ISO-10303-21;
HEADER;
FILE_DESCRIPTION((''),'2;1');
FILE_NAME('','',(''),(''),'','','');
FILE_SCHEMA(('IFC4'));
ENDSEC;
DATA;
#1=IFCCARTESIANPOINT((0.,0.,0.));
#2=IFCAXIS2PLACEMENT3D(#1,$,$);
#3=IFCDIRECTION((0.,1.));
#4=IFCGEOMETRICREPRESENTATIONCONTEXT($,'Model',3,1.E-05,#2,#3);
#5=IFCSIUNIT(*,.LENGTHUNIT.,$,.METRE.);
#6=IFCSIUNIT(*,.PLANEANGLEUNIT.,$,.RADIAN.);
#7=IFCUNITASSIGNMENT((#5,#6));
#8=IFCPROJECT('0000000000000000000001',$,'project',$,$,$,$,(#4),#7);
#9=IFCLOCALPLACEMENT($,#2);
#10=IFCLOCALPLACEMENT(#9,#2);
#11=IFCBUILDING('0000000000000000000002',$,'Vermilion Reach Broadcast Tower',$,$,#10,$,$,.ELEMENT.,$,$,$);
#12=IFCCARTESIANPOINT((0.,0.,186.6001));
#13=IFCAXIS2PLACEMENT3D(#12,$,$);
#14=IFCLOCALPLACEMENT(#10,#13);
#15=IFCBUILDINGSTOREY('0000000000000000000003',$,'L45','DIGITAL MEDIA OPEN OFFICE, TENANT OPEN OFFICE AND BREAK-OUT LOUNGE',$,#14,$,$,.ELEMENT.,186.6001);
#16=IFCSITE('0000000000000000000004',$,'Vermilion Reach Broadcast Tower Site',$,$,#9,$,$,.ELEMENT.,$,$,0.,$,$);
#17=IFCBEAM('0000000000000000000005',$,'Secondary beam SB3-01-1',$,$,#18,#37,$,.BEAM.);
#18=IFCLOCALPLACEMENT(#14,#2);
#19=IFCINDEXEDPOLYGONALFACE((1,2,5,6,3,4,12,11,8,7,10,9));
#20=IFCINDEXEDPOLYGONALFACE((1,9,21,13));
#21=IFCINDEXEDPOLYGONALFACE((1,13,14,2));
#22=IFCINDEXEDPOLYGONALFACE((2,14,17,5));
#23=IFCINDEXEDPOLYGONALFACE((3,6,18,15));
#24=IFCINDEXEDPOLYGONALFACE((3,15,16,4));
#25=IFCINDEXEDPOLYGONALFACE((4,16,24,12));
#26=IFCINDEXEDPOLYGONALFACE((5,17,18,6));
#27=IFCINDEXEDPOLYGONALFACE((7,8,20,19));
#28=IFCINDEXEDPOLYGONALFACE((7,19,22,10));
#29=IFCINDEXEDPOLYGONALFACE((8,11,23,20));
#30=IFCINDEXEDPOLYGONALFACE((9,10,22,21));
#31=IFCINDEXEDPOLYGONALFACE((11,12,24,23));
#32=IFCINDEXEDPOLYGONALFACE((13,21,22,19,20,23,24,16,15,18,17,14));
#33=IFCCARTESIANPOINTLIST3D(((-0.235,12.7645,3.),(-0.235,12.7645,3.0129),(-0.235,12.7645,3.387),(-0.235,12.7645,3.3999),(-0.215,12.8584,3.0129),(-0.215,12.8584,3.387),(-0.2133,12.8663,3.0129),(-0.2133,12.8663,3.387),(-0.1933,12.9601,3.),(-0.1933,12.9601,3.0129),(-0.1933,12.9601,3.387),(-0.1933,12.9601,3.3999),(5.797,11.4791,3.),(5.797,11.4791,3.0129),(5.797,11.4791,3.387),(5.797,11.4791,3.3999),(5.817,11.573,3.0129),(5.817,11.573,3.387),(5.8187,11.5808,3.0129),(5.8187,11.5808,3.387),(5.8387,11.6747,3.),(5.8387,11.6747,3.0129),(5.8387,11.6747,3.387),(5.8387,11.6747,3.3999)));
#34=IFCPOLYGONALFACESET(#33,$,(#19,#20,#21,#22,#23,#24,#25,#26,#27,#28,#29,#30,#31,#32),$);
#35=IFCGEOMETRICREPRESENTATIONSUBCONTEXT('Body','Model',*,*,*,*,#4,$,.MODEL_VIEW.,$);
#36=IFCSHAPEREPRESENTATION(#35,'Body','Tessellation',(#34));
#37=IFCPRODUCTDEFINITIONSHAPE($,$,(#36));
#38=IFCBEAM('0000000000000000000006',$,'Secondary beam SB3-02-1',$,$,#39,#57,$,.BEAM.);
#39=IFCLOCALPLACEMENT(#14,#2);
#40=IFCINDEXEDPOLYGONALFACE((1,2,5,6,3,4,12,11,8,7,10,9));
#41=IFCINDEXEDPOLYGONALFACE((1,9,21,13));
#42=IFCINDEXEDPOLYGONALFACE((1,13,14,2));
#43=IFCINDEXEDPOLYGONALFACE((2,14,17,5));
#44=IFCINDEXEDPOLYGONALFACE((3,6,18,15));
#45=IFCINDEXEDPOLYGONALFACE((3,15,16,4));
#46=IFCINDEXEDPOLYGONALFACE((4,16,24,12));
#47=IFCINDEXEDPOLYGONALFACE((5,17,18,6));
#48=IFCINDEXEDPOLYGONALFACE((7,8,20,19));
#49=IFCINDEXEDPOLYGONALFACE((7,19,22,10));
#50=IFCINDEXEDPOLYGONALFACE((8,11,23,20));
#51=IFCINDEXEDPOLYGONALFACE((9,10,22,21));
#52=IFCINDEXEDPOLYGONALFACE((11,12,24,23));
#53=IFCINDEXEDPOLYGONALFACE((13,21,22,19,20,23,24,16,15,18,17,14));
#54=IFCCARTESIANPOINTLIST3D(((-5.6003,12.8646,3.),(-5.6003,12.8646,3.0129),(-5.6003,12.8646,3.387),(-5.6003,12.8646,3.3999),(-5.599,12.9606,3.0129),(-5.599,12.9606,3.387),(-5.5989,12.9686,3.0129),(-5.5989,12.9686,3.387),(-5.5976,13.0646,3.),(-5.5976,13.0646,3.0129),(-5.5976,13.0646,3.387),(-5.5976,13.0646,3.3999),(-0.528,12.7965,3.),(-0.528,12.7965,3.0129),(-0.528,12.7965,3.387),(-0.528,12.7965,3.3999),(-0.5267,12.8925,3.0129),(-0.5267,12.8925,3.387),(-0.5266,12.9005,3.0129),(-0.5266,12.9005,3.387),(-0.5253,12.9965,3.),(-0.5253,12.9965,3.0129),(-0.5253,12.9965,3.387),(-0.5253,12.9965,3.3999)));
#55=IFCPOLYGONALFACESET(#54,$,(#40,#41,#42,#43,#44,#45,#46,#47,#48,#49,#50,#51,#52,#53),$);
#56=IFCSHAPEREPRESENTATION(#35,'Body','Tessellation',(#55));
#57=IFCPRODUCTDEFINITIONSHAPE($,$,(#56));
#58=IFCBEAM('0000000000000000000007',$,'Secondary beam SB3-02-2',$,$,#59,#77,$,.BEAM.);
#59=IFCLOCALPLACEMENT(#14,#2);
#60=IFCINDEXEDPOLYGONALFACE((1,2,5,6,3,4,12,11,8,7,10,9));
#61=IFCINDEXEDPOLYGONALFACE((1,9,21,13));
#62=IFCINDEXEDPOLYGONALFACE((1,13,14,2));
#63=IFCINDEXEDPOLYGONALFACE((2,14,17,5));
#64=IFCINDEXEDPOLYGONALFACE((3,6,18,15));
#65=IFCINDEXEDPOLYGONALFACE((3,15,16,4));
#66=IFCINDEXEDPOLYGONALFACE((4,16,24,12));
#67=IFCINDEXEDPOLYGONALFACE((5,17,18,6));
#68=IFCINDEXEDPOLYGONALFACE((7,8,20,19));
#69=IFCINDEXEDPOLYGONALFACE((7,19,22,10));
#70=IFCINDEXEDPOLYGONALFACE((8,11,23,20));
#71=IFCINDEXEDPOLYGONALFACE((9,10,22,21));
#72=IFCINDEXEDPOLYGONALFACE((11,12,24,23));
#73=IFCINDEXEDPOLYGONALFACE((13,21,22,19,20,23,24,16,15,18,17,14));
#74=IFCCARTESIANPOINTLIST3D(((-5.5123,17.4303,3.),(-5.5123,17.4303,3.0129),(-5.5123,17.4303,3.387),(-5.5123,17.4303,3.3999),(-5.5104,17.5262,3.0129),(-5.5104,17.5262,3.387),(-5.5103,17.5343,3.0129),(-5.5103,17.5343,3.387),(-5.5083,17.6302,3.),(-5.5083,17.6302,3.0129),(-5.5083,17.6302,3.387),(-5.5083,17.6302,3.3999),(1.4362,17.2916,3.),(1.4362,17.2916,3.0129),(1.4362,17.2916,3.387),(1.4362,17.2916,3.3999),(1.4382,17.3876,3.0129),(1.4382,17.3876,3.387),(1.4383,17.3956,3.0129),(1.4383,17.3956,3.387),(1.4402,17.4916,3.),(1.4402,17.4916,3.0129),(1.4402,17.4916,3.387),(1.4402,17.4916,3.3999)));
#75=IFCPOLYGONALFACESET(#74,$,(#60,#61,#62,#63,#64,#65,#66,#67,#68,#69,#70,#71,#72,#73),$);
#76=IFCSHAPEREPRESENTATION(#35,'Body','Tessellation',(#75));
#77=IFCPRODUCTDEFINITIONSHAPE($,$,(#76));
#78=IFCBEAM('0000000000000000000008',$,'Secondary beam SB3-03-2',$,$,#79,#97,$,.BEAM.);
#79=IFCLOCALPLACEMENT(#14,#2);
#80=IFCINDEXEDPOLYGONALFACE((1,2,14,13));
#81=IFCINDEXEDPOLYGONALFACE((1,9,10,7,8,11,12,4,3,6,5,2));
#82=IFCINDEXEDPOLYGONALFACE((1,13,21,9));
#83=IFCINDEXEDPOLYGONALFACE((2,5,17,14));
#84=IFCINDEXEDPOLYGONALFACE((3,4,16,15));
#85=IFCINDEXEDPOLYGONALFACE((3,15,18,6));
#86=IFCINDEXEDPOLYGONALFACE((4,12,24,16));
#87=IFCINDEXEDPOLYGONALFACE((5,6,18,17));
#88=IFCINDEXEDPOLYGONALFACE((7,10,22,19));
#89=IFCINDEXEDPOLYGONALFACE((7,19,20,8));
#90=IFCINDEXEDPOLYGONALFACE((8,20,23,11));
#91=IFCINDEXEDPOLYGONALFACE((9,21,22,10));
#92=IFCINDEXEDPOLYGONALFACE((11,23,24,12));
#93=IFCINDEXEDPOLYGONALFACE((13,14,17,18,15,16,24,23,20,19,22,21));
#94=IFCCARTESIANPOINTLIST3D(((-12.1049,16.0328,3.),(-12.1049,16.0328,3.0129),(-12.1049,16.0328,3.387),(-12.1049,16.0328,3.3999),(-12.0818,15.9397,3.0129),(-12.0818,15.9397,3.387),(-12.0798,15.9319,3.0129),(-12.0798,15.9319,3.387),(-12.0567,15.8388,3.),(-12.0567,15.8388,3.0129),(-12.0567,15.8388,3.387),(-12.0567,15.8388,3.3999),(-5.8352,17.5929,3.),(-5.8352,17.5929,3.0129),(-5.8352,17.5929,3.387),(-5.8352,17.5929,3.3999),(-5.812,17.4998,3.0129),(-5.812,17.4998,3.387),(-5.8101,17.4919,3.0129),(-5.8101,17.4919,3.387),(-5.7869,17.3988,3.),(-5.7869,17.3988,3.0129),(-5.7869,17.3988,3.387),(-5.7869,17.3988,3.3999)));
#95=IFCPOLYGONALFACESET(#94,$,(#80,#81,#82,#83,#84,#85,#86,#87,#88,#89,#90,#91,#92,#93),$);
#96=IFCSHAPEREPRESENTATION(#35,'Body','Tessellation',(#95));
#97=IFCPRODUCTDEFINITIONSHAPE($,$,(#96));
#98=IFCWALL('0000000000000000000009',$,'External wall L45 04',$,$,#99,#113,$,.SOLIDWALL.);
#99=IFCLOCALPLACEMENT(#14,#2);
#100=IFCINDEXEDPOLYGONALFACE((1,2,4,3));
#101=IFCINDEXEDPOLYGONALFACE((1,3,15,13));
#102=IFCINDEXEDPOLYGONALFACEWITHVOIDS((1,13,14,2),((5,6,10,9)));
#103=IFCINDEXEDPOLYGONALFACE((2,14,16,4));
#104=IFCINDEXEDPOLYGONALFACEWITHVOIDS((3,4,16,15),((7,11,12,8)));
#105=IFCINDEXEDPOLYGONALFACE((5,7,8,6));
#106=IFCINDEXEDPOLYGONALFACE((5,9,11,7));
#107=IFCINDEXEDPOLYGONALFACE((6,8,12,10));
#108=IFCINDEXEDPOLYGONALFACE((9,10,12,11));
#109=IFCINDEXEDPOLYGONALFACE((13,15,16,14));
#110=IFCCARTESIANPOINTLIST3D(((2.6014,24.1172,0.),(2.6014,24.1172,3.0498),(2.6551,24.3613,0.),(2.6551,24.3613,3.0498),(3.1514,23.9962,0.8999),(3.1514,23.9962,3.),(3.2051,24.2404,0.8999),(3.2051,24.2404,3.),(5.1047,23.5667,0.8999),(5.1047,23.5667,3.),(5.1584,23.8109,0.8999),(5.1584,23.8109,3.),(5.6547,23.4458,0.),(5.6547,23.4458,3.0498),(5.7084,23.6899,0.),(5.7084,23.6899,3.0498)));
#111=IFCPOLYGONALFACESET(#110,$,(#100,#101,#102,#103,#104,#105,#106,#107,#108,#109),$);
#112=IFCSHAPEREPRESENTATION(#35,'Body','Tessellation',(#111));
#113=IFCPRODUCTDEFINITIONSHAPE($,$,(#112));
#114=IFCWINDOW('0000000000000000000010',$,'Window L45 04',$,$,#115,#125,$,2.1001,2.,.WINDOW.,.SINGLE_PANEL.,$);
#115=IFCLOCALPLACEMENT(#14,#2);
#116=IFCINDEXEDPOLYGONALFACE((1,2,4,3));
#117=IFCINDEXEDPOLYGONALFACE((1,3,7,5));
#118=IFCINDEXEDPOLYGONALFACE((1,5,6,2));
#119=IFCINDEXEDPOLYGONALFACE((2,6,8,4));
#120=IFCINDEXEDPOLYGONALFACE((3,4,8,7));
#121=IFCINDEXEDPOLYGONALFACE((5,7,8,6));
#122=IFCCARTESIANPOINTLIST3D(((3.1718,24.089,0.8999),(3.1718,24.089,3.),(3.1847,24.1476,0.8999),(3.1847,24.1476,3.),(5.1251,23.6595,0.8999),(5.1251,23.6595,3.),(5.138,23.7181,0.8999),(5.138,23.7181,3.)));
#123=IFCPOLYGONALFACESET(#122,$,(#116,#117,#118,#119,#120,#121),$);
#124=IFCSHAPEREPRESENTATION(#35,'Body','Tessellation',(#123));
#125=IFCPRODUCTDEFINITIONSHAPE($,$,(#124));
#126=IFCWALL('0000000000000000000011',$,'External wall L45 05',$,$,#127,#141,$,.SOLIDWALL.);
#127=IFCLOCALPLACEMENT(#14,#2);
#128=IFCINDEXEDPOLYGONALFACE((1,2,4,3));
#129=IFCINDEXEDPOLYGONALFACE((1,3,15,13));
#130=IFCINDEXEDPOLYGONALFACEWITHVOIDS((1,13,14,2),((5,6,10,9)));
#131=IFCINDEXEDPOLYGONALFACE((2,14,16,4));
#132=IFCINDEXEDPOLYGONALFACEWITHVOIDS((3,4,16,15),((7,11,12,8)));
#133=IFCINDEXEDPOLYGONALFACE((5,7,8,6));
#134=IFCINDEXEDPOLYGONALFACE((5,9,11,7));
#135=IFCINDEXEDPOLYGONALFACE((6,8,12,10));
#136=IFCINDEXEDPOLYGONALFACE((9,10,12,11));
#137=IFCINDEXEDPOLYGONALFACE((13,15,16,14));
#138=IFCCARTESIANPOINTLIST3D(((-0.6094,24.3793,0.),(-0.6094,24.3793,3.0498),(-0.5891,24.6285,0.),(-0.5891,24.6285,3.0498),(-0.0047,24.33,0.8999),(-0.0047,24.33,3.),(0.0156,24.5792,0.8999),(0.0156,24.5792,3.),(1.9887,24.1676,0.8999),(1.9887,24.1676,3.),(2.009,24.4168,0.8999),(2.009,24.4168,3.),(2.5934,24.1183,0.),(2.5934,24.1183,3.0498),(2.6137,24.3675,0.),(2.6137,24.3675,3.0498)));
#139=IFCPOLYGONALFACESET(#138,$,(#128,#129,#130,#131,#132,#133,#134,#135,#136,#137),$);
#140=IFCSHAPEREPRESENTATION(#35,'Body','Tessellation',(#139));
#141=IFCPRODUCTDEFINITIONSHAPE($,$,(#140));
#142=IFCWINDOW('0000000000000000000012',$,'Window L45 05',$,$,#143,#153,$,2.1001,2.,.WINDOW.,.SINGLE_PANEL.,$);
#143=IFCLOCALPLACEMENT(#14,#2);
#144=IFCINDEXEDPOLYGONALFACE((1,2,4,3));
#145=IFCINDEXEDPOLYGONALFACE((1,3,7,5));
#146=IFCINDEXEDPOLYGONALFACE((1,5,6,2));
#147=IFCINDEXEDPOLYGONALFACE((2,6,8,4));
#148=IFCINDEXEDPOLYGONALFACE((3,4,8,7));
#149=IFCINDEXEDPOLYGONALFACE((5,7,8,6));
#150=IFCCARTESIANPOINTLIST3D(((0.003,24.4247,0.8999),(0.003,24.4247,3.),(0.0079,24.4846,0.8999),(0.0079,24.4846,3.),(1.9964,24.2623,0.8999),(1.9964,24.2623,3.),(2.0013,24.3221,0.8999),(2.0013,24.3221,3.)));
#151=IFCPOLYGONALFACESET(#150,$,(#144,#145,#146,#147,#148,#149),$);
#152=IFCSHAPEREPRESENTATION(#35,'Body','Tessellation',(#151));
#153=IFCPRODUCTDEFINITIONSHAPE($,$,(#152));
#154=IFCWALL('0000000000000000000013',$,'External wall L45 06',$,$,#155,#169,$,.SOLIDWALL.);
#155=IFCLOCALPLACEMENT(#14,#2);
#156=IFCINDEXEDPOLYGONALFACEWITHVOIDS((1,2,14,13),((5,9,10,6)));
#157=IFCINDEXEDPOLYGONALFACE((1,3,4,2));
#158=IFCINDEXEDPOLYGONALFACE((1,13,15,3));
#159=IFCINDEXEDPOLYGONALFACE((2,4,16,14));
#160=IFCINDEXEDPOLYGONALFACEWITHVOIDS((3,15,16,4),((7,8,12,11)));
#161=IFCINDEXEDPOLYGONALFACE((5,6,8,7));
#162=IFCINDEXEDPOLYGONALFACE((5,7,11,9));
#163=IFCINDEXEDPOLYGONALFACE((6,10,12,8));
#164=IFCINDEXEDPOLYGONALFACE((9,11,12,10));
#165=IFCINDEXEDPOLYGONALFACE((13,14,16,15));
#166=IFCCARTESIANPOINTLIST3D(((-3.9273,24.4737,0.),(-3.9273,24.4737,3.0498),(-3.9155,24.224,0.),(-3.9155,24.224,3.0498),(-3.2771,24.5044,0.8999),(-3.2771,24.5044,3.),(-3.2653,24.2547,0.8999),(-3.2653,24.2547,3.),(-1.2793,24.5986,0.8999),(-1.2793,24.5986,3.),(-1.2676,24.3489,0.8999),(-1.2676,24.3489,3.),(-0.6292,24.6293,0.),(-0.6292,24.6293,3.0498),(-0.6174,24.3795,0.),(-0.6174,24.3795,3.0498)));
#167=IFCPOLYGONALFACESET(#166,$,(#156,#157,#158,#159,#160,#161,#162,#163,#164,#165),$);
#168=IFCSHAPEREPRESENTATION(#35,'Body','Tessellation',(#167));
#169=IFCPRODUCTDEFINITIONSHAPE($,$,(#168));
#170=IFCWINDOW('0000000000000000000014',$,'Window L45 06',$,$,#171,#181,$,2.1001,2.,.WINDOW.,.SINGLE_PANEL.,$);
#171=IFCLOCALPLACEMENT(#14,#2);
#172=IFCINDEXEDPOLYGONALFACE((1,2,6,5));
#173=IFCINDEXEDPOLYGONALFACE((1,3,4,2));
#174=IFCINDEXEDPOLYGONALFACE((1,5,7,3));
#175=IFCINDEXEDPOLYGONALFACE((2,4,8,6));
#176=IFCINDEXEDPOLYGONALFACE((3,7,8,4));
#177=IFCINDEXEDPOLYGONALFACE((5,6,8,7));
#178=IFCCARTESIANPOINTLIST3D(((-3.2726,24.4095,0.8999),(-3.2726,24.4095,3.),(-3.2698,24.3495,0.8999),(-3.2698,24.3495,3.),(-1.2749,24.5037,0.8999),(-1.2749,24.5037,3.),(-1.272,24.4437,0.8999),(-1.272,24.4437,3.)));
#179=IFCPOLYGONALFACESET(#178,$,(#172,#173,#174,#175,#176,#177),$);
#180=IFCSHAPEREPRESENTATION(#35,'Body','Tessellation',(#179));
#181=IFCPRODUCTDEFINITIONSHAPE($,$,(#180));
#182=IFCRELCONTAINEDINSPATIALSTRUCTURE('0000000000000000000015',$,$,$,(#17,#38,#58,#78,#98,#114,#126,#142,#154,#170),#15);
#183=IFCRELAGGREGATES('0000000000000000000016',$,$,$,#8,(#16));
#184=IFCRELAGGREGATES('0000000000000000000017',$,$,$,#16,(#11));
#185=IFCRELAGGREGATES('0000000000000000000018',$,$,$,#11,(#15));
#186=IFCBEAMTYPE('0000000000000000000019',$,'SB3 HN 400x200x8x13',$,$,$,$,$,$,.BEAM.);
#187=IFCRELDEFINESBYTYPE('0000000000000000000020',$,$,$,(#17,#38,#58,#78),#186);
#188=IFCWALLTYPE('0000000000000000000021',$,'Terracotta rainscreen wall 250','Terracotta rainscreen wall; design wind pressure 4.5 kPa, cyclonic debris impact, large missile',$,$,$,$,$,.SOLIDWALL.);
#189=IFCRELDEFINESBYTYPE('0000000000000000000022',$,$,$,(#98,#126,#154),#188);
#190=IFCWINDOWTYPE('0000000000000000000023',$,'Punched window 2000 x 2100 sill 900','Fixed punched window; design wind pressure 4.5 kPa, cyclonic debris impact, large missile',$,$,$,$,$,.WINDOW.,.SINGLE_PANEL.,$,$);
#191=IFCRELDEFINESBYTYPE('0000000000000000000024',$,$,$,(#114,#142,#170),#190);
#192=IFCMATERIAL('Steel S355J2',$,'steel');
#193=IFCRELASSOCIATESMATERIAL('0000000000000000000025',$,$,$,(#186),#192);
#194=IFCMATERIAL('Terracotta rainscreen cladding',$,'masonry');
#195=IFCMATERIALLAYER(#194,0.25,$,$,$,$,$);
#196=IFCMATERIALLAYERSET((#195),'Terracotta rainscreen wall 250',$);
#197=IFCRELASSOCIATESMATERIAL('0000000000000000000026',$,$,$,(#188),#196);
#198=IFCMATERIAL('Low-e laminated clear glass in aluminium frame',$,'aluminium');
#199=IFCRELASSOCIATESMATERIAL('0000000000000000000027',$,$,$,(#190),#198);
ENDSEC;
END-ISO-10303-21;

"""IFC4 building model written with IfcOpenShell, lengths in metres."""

from ifc_helpers import new_model, si_unit, direction, frame, frame_2d, origin, origin_2d, place, context, subcontext, project, spatial, rectangle, i_section, extrude, material, layer, layer_set, material_profile, profile_set, type_object, element, fill, save


model = new_model("IFC4")

# Units and contexts
model_context = context("Model", 3, precision=1e-05, world=origin(), true_north=direction((0.0, 1.0)))
body_context = subcontext(model_context, "Body", "Model", "MODEL_VIEW")
ifc_project = project(units=[si_unit("LENGTHUNIT", "METRE"), si_unit("PLANEANGLEUNIT", "RADIAN")], contexts=[model_context])

# Site, building, storey
site_placement = place(None, origin())
site = spatial("IfcSite", under=ifc_project, at=site_placement, Name="Vermilion Reach Broadcast Tower Site", CompositionType="ELEMENT", RefElevation=0.0)
building_placement = place(site_placement, origin())
building = spatial("IfcBuilding", under=site, at=building_placement, Name="Vermilion Reach Broadcast Tower", CompositionType="ELEMENT")
storey_placement = place(building_placement, frame((0.0, 0.0, 186.6001)))
storey = spatial("IfcBuildingStorey", under=building, at=storey_placement, Name="L45", Description="DIGITAL MEDIA OPEN OFFICE, TENANT OPEN OFFICE AND BREAK-OUT LOUNGE", CompositionType="ELEMENT", Elevation=186.6001)

# Beams
ifc_material_1 = material(Name="Steel S355J2", Category="steel")
ifc_material_profile_1 = material_profile(ifc_material_1, i_section(OverallWidth=0.2, OverallDepth=0.3999, WebThickness=0.0081, FlangeThickness=0.0129, at=origin_2d()), Name="S355J2 HN 400x200x8x13")
ifc_profile_set_1 = profile_set([ifc_material_profile_1], Name="Steel S355J2")
beam_type_1 = type_object("IfcBeamType", Name="SB3 HN 400x200x8x13", PredefinedType="BEAM", material=ifc_profile_set_1)
beam_1_placement = place(storey_placement, frame((5.8179, 11.5769, 3.2), z_axis=(-0.97804, 0.208418, 0.0), x_axis=(-0.208418, -0.97804, 0.0)))
element("IfcBeam", 1, at=beam_1_placement, inside=storey, type_object=beam_type_1, Name="Secondary beam SB3-01-1", PredefinedType="BEAM", context=body_context, shape_type="SweptSolid", body=[
    extrude(i_section(OverallWidth=0.2, OverallDepth=0.3999, WebThickness=0.0081, FlangeThickness=0.0129, at=origin_2d()), origin(), (0.0, 0.0, 1.0), 6.1675),
])
beam_2_placement = place(storey_placement, frame((-0.5266, 12.8965, 3.2), z_axis=(-0.99991, 0.013428, 0.0), x_axis=(-0.013428, -0.99991, 0.0)))
element("IfcBeam", 2, at=beam_2_placement, inside=storey, type_object=beam_type_1, Name="Secondary beam SB3-02-1", PredefinedType="BEAM", context=body_context, shape_type="SweptSolid", body=[
    extrude(i_section(OverallWidth=0.2, OverallDepth=0.3999, WebThickness=0.0081, FlangeThickness=0.0129, at=origin_2d()), origin(), (0.0, 0.0, 1.0), 5.0728),
])
beam_3_placement = place(storey_placement, frame((1.4382, 17.3916, 3.2), z_axis=(-0.999801, 0.019953, 0.0), x_axis=(-0.019953, -0.999801, 0.0)))
element("IfcBeam", 3, at=beam_3_placement, inside=storey, type_object=beam_type_1, Name="Secondary beam SB3-02-2", PredefinedType="BEAM", context=body_context, shape_type="SweptSolid", body=[
    extrude(i_section(OverallWidth=0.2, OverallDepth=0.3999, WebThickness=0.0081, FlangeThickness=0.0129, at=origin_2d()), origin(), (0.0, 0.0, 1.0), 6.95),
])
beam_4_placement = place(storey_placement, frame((-5.811, 17.4958, 3.2), z_axis=(-0.970411, -0.24146, 0.0), x_axis=(0.24146, -0.970411, 0.0)))
element("IfcBeam", 4, at=beam_4_placement, inside=storey, type_object=beam_type_1, Name="Secondary beam SB3-03-2", PredefinedType="BEAM", context=body_context, shape_type="SweptSolid", body=[
    extrude(i_section(OverallWidth=0.2, OverallDepth=0.3999, WebThickness=0.0081, FlangeThickness=0.0129, at=origin_2d()), origin(), (0.0, 0.0, 1.0), 6.4609),
])

# Walls, openings, windows
ifc_material_2 = material(Name="Terracotta rainscreen cladding", Category="masonry")
ifc_layer = layer(ifc_material_2, 0.25)
ifc_layer_set = layer_set([ifc_layer], Name="Terracotta rainscreen wall 250")
wall_type = type_object("IfcWallType", Name="Terracotta rainscreen wall 250", Description="Terracotta rainscreen wall; design wind pressure 4.5 kPa, cyclonic debris impact, large missile", PredefinedType="SOLIDWALL", material=ifc_layer_set)
wall_1_placement = place(storey_placement, frame((5.6814, 23.5679, 0.0), z_axis=(0.0, 0.0, 1.0), x_axis=(-0.976666, 0.214763, 0.0)))
wall_1 = element("IfcWall", 5, at=wall_1_placement, inside=storey, type_object=wall_type, Name="External wall L45 04", PredefinedType="SOLIDWALL", context=body_context, shape_type="SweptSolid", body=[
    extrude(rectangle(XDim=3.1262, YDim=0.25, at=frame_2d((1.563, 0.0))), origin(), (0.0, 0.0, 1.0), 3.0498),
])
opening_1_placement = place(wall_1_placement, frame((0.563, 0.0, 0.8999)))
opening_1 = element("IfcOpeningElement", 6, at=opening_1_placement, cuts=wall_1, PredefinedType="OPENING", context=body_context, shape_type="SweptSolid", body=[
    extrude(rectangle(XDim=2.0, YDim=2.1001, at=frame_2d((1.0, 1.05))), frame((0.0, 0.135, 0.0), z_axis=(0.0, -1.0, 0.0), x_axis=(1.0, 0.0, 0.0)), (0.0, 0.0, 1.0), 0.27),
])
ifc_material_3 = material(Name="Low-e laminated clear glass in aluminium frame", Category="aluminium")
window_type = type_object("IfcWindowType", Name="Punched window 2000 x 2100 sill 900", Description="Fixed punched window; design wind pressure 4.5 kPa, cyclonic debris impact, large missile", PartitioningType="SINGLE_PANEL", PredefinedType="WINDOW", material=ifc_material_3)
window_1_placement = place(opening_1_placement, origin())
window_1 = element("IfcWindow", 7, at=window_1_placement, inside=storey, type_object=window_type, Name="Window L45 04", OverallHeight=2.1001, OverallWidth=2.0, PartitioningType="SINGLE_PANEL", PredefinedType="WINDOW", context=body_context, shape_type="SweptSolid", body=[
    extrude(rectangle(XDim=2.0, YDim=2.1001, at=frame_2d((1.0, 1.05))), frame((0.0, 0.03, 0.0), z_axis=(0.0, -1.0, 0.0), x_axis=(1.0, 0.0, 0.0)), (0.0, 0.0, 1.0), 0.0601),
])
fill(opening_1, window_1)
wall_2_placement = place(storey_placement, frame((2.6035, 24.2429, 0.0), z_axis=(0.0, 0.0, 1.0), x_axis=(-0.996697, 0.081216, 0.0)))
wall_2 = element("IfcWall", 8, at=wall_2_placement, inside=storey, type_object=wall_type, Name="External wall L45 05", PredefinedType="SOLIDWALL", context=body_context, shape_type="SweptSolid", body=[
    extrude(rectangle(XDim=3.2134, YDim=0.25, at=frame_2d((1.6067, 0.0))), origin(), (0.0, 0.0, 1.0), 3.0498),
])
opening_2_placement = place(wall_2_placement, frame((0.6067, 0.0, 0.8999)))
opening_2 = element("IfcOpeningElement", 9, at=opening_2_placement, cuts=wall_2, PredefinedType="OPENING", context=body_context, shape_type="SweptSolid", body=[
    extrude(rectangle(XDim=2.0, YDim=2.1001, at=frame_2d((1.0, 1.05))), frame((0.0, 0.135, 0.0), z_axis=(0.0, -1.0, 0.0), x_axis=(1.0, 0.0, 0.0)), (0.0, 0.0, 1.0), 0.27),
])
window_2_placement = place(opening_2_placement, origin())
window_2 = element("IfcWindow", 10, at=window_2_placement, inside=storey, type_object=window_type, Name="Window L45 05", OverallHeight=2.1001, OverallWidth=2.0, PartitioningType="SINGLE_PANEL", PredefinedType="WINDOW", context=body_context, shape_type="SweptSolid", body=[
    extrude(rectangle(XDim=2.0, YDim=2.1001, at=frame_2d((1.0, 1.05))), frame((0.0, 0.03, 0.0), z_axis=(0.0, -1.0, 0.0), x_axis=(1.0, 0.0, 0.0)), (0.0, 0.0, 1.0), 0.0601),
])
fill(opening_2, window_2)
wall_3_placement = place(storey_placement, frame((-0.6233, 24.5044, 0.0), z_axis=(0.0, 0.0, 1.0), x_axis=(-0.99889, -0.047101, 0.0)))
wall_3 = element("IfcWall", 11, at=wall_3_placement, inside=storey, type_object=wall_type, Name="External wall L45 06", PredefinedType="SOLIDWALL", context=body_context, shape_type="SweptSolid", body=[
    extrude(rectangle(XDim=3.3018, YDim=0.25, at=frame_2d((1.6509, 0.0))), origin(), (0.0, 0.0, 1.0), 3.0498),
])
opening_3_placement = place(wall_3_placement, frame((0.6509, 0.0, 0.8999)))
opening_3 = element("IfcOpeningElement", 12, at=opening_3_placement, cuts=wall_3, PredefinedType="OPENING", context=body_context, shape_type="SweptSolid", body=[
    extrude(rectangle(XDim=2.0, YDim=2.1001, at=frame_2d((1.0, 1.05))), frame((0.0, 0.135, 0.0), z_axis=(0.0, -1.0, 0.0), x_axis=(1.0, 0.0, 0.0)), (0.0, 0.0, 1.0), 0.27),
])
window_3_placement = place(opening_3_placement, origin())
window_3 = element("IfcWindow", 13, at=window_3_placement, inside=storey, type_object=window_type, Name="Window L45 06", OverallHeight=2.1001, OverallWidth=2.0, PartitioningType="SINGLE_PANEL", PredefinedType="WINDOW", context=body_context, shape_type="SweptSolid", body=[
    extrude(rectangle(XDim=2.0, YDim=2.1001, at=frame_2d((1.0, 1.05))), frame((0.0, 0.03, 0.0), z_axis=(0.0, -1.0, 0.0), x_axis=(1.0, 0.0, 0.0)), (0.0, 0.0, 1.0), 0.0601),
])
fill(opening_3, window_3)

save(model, "model.ifc")
